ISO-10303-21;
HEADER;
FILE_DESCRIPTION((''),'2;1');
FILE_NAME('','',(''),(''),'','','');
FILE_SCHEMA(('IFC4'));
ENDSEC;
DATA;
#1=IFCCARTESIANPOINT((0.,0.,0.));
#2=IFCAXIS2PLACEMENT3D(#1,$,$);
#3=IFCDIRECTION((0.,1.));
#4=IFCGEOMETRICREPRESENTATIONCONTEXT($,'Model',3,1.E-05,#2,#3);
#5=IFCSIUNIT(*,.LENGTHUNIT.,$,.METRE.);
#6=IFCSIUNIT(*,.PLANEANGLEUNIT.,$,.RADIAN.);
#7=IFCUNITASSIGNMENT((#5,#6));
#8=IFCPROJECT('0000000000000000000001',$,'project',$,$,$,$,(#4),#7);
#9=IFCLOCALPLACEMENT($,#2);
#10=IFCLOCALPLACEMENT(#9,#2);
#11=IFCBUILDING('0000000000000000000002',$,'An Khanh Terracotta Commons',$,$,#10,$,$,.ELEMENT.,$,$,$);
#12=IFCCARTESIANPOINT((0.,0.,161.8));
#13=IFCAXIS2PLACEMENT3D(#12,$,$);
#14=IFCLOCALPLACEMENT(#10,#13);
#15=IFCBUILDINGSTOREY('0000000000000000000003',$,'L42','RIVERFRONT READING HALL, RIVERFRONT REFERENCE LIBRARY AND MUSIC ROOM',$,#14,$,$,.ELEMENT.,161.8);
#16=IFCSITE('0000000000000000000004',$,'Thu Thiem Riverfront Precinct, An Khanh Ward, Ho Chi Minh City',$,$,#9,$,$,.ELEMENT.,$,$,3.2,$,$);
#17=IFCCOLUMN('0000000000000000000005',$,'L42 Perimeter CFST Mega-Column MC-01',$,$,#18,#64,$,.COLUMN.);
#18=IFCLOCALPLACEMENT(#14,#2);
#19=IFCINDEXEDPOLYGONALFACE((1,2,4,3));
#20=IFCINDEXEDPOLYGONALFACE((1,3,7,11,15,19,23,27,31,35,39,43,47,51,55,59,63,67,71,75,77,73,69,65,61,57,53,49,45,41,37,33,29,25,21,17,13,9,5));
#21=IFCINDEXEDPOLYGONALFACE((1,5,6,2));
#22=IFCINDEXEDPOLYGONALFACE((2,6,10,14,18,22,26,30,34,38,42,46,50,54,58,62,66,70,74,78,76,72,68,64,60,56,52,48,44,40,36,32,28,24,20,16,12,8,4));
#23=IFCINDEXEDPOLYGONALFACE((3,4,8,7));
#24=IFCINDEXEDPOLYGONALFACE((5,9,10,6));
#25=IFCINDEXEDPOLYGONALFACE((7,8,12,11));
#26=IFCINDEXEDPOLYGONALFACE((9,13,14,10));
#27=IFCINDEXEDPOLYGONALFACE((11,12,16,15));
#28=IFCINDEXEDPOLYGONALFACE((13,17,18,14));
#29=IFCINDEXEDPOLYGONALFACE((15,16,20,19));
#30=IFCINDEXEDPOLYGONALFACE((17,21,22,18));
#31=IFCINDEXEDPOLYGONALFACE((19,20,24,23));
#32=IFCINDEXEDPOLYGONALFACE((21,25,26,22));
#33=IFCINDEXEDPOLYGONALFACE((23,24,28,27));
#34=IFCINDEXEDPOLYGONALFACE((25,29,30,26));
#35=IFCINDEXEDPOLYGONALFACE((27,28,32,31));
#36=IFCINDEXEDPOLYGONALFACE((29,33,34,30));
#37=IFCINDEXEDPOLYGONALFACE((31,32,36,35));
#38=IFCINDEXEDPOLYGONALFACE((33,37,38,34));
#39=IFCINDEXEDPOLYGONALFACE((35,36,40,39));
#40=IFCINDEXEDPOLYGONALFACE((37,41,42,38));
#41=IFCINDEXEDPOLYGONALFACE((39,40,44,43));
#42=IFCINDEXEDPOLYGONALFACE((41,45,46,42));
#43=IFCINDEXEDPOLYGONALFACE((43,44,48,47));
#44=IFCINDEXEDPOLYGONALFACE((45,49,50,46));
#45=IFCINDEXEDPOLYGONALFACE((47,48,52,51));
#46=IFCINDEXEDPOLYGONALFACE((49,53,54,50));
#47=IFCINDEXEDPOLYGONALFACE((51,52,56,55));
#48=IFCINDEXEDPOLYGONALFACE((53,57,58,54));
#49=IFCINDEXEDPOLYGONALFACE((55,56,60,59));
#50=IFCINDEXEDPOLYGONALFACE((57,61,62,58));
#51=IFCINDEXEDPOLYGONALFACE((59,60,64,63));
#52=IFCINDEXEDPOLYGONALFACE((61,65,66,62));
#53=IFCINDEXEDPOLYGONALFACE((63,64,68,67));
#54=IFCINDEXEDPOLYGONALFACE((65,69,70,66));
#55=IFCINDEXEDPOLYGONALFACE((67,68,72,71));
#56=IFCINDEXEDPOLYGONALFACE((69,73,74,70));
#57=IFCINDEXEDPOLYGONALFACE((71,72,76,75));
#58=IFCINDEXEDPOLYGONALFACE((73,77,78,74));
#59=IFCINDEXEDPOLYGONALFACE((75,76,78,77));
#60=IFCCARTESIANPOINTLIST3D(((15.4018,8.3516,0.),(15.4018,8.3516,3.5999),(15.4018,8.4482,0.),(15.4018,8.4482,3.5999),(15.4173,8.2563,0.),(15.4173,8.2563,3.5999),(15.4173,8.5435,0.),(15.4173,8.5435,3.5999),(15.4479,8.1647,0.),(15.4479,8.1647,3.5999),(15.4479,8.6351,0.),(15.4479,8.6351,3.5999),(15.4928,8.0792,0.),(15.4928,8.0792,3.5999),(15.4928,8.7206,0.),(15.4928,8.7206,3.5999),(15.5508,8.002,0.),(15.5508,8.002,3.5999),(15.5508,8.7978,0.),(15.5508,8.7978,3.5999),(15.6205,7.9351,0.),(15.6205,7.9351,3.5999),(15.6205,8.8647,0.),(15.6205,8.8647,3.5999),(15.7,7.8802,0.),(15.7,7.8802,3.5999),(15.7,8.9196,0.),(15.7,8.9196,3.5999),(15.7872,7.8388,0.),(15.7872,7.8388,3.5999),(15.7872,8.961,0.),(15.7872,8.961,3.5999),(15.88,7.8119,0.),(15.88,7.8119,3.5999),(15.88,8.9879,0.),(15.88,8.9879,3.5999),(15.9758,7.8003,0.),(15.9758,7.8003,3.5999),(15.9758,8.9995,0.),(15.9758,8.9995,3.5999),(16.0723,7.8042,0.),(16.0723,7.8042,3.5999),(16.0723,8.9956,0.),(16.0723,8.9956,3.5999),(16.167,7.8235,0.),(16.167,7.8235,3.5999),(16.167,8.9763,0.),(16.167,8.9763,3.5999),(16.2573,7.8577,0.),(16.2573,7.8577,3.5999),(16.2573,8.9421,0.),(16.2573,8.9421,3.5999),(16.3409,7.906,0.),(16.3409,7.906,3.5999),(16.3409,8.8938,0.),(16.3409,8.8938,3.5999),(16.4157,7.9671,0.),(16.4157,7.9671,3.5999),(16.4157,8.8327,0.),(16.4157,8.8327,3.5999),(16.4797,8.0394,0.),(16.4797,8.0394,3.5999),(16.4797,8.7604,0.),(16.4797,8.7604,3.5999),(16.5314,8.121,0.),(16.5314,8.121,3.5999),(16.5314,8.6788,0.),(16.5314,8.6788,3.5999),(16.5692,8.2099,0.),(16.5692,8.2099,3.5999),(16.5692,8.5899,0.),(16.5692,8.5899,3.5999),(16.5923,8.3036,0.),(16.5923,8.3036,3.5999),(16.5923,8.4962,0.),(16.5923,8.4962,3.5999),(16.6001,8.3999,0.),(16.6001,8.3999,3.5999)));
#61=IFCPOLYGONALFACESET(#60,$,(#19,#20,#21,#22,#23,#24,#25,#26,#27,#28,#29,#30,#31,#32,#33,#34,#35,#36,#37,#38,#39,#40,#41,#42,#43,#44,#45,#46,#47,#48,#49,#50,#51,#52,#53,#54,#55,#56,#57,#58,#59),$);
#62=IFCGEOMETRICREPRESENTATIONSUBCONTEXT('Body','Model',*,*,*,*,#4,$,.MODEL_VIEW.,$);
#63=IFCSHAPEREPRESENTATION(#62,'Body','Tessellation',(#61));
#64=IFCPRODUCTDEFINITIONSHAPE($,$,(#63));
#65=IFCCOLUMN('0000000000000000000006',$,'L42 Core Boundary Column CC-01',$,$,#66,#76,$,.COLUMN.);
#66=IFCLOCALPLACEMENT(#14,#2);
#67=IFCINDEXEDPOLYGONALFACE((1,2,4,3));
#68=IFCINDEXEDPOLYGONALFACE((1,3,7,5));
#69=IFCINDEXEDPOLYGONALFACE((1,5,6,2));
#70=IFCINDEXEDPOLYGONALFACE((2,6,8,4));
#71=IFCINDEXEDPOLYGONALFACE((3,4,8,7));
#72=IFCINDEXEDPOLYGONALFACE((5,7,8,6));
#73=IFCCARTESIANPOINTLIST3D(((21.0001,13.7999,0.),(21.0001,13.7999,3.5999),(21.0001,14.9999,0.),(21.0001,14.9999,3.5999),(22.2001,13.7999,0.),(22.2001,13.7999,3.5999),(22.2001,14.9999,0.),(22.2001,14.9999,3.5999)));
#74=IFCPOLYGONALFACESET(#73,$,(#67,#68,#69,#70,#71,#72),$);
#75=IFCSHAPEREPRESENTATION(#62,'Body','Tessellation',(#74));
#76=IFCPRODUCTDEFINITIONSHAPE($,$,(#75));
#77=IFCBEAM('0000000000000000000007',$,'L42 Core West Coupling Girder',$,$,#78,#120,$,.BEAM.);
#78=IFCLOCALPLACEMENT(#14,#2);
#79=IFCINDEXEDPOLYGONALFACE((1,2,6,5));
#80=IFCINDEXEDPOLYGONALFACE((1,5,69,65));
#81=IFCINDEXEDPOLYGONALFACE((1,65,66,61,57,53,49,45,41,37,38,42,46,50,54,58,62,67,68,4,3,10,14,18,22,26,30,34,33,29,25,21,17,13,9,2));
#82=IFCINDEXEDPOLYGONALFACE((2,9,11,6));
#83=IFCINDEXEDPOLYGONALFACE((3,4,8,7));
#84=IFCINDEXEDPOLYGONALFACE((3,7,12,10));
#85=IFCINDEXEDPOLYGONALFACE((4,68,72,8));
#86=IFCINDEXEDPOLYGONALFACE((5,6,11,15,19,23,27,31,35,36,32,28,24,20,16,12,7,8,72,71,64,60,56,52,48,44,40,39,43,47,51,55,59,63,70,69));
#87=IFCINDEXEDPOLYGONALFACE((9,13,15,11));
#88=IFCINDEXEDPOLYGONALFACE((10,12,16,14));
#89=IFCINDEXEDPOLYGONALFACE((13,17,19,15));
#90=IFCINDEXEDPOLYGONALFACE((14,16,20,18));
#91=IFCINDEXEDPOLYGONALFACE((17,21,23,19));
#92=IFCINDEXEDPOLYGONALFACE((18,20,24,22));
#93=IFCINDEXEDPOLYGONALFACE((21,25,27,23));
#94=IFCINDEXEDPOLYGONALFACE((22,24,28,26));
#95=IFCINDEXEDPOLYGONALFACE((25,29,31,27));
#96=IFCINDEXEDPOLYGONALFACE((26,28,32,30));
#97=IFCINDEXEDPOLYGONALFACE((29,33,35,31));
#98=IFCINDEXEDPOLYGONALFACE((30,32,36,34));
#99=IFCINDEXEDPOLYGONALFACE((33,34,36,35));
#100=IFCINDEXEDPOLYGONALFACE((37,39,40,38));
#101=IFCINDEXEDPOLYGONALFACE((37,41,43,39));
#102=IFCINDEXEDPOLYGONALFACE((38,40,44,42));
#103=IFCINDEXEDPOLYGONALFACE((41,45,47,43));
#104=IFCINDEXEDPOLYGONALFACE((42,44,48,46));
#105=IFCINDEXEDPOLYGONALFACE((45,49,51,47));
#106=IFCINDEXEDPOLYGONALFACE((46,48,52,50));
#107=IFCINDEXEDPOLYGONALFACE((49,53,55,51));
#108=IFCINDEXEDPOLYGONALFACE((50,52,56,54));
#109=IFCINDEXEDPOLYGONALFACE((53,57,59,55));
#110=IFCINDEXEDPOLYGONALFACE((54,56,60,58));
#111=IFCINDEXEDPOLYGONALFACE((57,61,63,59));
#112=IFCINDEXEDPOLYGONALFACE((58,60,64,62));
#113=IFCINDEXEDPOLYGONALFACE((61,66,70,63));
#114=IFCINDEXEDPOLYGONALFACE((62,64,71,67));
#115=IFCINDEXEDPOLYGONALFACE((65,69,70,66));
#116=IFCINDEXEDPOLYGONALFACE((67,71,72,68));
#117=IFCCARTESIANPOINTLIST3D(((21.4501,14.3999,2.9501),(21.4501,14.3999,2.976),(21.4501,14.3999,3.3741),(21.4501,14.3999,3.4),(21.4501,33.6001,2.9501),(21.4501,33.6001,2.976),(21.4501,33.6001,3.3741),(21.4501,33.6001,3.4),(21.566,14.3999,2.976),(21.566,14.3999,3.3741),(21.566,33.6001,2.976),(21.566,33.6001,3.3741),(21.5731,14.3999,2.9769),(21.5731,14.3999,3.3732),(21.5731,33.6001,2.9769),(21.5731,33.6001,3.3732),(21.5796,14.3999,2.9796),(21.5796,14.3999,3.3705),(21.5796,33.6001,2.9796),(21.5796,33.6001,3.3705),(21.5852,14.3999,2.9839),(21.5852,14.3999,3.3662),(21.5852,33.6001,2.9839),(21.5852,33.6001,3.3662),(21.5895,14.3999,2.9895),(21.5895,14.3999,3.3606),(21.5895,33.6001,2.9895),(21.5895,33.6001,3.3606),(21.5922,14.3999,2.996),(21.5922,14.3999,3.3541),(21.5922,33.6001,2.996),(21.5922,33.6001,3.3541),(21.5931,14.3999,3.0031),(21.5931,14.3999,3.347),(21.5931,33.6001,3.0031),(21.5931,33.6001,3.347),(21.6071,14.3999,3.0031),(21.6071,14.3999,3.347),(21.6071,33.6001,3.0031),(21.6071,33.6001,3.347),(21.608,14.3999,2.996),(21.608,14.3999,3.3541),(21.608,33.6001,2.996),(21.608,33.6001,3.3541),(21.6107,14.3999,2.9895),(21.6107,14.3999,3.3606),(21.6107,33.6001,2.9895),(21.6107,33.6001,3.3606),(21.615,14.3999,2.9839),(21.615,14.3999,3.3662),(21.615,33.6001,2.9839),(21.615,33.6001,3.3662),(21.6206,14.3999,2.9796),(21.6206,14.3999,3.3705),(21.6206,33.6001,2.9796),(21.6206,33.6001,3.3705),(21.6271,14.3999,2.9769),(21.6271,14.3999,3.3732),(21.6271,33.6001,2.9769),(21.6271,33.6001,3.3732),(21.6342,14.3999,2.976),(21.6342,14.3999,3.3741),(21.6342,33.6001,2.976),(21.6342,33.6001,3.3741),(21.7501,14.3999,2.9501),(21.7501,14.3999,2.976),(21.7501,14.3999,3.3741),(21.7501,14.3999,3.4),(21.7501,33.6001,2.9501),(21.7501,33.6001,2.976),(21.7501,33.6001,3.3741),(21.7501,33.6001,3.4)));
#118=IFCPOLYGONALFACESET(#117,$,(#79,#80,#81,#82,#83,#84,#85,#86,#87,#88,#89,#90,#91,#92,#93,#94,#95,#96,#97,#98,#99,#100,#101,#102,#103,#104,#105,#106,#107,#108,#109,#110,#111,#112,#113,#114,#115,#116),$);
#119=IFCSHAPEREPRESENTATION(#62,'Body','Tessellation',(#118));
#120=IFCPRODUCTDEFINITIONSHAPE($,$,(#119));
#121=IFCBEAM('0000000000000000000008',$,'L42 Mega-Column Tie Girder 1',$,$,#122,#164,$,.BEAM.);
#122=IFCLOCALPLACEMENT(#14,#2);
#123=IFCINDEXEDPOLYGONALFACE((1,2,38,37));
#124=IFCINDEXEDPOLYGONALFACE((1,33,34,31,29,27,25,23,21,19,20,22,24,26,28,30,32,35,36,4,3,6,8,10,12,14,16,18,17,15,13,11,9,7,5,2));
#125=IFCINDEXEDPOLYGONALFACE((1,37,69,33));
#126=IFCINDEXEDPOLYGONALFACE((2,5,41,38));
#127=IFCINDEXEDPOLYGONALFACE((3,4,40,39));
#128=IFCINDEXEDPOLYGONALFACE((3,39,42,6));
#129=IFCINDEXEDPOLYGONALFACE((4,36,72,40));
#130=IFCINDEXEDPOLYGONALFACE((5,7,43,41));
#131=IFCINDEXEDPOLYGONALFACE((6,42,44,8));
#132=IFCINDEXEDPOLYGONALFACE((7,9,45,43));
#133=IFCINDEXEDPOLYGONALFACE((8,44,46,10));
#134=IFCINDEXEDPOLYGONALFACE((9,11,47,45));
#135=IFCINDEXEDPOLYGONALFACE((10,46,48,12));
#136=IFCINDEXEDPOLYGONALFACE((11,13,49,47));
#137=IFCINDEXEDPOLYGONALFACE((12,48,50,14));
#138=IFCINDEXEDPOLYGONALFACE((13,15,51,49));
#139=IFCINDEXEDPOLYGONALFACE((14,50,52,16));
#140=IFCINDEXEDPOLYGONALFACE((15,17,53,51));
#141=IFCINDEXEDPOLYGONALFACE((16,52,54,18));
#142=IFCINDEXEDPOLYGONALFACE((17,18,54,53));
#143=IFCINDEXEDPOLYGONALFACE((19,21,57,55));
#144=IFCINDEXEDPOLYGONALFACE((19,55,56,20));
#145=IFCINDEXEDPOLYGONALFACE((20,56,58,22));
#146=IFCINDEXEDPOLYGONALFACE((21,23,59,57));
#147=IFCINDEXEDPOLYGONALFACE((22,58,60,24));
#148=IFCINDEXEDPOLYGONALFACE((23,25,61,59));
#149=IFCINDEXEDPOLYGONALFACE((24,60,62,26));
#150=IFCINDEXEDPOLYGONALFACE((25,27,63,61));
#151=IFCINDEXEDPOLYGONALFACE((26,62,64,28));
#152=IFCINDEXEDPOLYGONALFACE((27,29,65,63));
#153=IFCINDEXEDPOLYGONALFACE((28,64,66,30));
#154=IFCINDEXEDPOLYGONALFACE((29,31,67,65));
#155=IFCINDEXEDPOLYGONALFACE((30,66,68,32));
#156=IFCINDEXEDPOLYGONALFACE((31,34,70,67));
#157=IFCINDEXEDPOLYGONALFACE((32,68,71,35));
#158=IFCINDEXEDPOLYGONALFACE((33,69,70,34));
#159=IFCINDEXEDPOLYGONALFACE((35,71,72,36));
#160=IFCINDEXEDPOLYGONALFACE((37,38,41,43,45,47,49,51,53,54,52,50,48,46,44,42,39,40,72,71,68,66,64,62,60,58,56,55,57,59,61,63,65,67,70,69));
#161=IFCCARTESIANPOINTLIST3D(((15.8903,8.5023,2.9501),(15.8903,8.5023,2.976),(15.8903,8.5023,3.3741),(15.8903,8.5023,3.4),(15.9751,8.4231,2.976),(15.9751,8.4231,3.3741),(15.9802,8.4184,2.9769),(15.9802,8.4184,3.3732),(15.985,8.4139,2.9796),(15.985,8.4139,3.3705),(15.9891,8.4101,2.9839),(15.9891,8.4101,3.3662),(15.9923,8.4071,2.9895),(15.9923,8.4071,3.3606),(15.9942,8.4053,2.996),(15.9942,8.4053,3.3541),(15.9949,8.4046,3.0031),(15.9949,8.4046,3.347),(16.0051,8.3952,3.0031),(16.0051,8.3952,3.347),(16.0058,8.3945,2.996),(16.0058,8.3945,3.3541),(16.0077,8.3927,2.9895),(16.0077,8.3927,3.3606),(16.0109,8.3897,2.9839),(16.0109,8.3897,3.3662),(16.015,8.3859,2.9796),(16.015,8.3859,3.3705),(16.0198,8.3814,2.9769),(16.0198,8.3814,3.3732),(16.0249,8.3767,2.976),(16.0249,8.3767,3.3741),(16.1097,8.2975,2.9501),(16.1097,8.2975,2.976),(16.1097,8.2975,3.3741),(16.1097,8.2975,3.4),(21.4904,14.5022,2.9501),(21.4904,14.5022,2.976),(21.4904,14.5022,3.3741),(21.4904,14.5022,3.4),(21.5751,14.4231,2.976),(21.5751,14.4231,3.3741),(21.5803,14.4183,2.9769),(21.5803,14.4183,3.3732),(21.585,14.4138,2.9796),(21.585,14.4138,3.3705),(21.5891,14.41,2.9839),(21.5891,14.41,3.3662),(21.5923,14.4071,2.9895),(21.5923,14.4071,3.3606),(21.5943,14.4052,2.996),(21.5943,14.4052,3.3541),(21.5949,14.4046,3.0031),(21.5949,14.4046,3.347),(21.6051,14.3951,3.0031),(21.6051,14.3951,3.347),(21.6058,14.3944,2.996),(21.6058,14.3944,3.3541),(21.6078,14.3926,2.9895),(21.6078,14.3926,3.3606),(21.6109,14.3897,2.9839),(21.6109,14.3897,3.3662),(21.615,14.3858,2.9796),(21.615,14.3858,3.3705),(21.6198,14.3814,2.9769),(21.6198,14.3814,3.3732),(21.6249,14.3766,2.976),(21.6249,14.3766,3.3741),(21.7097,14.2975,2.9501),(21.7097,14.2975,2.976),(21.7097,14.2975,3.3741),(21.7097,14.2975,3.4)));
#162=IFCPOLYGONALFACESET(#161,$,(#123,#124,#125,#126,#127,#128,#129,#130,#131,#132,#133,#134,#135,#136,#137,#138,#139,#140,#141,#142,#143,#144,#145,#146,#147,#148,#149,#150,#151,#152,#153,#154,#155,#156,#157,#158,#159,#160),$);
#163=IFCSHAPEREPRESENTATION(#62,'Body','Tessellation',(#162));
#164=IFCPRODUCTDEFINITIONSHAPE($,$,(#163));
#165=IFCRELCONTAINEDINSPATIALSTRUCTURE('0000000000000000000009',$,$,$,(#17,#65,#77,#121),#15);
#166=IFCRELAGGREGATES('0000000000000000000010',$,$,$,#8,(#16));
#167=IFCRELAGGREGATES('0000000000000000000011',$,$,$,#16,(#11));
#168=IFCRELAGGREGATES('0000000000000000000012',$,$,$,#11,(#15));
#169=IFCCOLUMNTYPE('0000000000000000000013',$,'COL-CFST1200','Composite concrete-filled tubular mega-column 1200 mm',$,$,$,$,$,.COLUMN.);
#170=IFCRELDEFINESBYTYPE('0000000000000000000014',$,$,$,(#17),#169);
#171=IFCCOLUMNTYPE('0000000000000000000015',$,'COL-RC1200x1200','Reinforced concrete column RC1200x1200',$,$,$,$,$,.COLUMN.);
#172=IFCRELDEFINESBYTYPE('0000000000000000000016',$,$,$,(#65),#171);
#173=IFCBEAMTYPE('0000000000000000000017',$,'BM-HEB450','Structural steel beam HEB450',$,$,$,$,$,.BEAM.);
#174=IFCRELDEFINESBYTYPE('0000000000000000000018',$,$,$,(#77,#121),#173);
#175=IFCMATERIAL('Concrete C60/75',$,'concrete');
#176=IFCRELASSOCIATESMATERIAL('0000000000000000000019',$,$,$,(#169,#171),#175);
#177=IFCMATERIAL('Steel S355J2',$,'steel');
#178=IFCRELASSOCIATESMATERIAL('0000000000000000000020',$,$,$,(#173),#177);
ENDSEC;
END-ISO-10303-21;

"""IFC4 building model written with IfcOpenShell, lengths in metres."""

from ifc_helpers import new_model, si_unit, direction, frame, origin, origin_2d, place, context, subcontext, project, spatial, rectangle, circle, i_section, extrude, material, material_profile, profile_set, type_object, element, save


model = new_model("IFC4")

# Units and contexts
model_context = context("Model", 3, precision=1e-05, world=origin(), true_north=direction((0.0, 1.0)))
body_context = subcontext(model_context, "Body", "Model", "MODEL_VIEW")
ifc_project = project(units=[si_unit("LENGTHUNIT", "METRE"), si_unit("PLANEANGLEUNIT", "RADIAN")], contexts=[model_context])

# Site, building, storey
site_placement = place(None, origin())
site = spatial("IfcSite", under=ifc_project, at=site_placement, Name="Thu Thiem Riverfront Precinct, An Khanh Ward, Ho Chi Minh City", CompositionType="ELEMENT", RefElevation=3.2)
building_placement = place(site_placement, origin())
building = spatial("IfcBuilding", under=site, at=building_placement, Name="An Khanh Terracotta Commons", CompositionType="ELEMENT")
storey_placement = place(building_placement, frame((0.0, 0.0, 161.8)))
storey = spatial("IfcBuildingStorey", under=building, at=storey_placement, Name="L42", Description="RIVERFRONT READING HALL, RIVERFRONT REFERENCE LIBRARY AND MUSIC ROOM", CompositionType="ELEMENT", Elevation=161.8)

# Columns
ifc_material_1 = material(Name="Concrete C60/75", Category="concrete")
ifc_material_profile_1 = material_profile(ifc_material_1, circle(Radius=0.6001, at=origin_2d()), Name="CFST1200")
ifc_profile_set_1 = profile_set([ifc_material_profile_1], Name="Concrete C60/75")
column_type_1 = type_object("IfcColumnType", Name="COL-CFST1200", Description="Composite concrete-filled tubular mega-column 1200 mm", PredefinedType="COLUMN", material=ifc_profile_set_1)
column_1_placement = place(storey_placement, frame((16.0, 8.3999, 0.0), z_axis=(0.0, 0.0, 1.0), x_axis=(1.0, 0.0, 0.0)))
element("IfcColumn", 1, at=column_1_placement, inside=storey, type_object=column_type_1, Name="L42 Perimeter CFST Mega-Column MC-01", PredefinedType="COLUMN", context=body_context, shape_type="SweptSolid", body=[
    extrude(circle(Radius=0.6001, at=origin_2d()), origin(), (0.0, 0.0, 1.0), 3.5999),
])
ifc_material_profile_2 = material_profile(ifc_material_1, rectangle(XDim=1.2, YDim=1.2, at=origin_2d()), Name="RC1200x1200")
ifc_profile_set_2 = profile_set([ifc_material_profile_2], Name="Concrete C60/75")
column_type_2 = type_object("IfcColumnType", Name="COL-RC1200x1200", Description="Reinforced concrete column RC1200x1200", PredefinedType="COLUMN", material=ifc_profile_set_2)
column_2_placement = place(storey_placement, frame((21.6001, 14.3999, 0.0), z_axis=(0.0, 0.0, 1.0), x_axis=(1.0, 0.0, 0.0)))
element("IfcColumn", 2, at=column_2_placement, inside=storey, type_object=column_type_2, Name="L42 Core Boundary Column CC-01", PredefinedType="COLUMN", context=body_context, shape_type="SweptSolid", body=[
    extrude(rectangle(XDim=1.2, YDim=1.2, at=origin_2d()), origin(), (0.0, 0.0, 1.0), 3.5999),
])

# Beams
ifc_material_2 = material(Name="Steel S355J2", Category="steel")
ifc_material_profile_3 = material_profile(ifc_material_2, i_section(OverallWidth=0.3, OverallDepth=0.45, WebThickness=0.0139, FlangeThickness=0.0259, FilletRadius=0.0271, at=origin_2d()), Name="HEB450")
ifc_profile_set_3 = profile_set([ifc_material_profile_3], Name="Steel S355J2")
beam_type_1 = type_object("IfcBeamType", Name="BM-HEB450", Description="Structural steel beam HEB450", PredefinedType="BEAM", material=ifc_profile_set_3)
beam_1_placement = place(storey_placement, frame((21.6001, 14.3999, 3.175), z_axis=(0.0, 1.0, 0.0), x_axis=(-1.0, 0.0, 0.0)))
element("IfcBeam", 3, at=beam_1_placement, inside=storey, type_object=beam_type_1, Name="L42 Core West Coupling Girder", PredefinedType="BEAM", context=body_context, shape_type="SweptSolid", body=[
    extrude(i_section(OverallWidth=0.3, OverallDepth=0.45, WebThickness=0.0139, FlangeThickness=0.0259, FilletRadius=0.0271, at=origin_2d()), origin(), (0.0, 0.0, 1.0), 19.2002),
])
beam_2_placement = place(storey_placement, frame((16.0, 8.3999, 3.175), z_axis=(0.682325, 0.731049, 0.0), x_axis=(-0.731049, 0.682325, 0.0)))
element("IfcBeam", 4, at=beam_2_placement, inside=storey, type_object=beam_type_1, Name="L42 Mega-Column Tie Girder 1", PredefinedType="BEAM", context=body_context, shape_type="SweptSolid", body=[
    extrude(i_section(OverallWidth=0.3, OverallDepth=0.45, WebThickness=0.0139, FlangeThickness=0.0259, FilletRadius=0.0271, at=origin_2d()), origin(), (0.0, 0.0, 1.0), 8.2073),
])

save(model, "model.ifc")
